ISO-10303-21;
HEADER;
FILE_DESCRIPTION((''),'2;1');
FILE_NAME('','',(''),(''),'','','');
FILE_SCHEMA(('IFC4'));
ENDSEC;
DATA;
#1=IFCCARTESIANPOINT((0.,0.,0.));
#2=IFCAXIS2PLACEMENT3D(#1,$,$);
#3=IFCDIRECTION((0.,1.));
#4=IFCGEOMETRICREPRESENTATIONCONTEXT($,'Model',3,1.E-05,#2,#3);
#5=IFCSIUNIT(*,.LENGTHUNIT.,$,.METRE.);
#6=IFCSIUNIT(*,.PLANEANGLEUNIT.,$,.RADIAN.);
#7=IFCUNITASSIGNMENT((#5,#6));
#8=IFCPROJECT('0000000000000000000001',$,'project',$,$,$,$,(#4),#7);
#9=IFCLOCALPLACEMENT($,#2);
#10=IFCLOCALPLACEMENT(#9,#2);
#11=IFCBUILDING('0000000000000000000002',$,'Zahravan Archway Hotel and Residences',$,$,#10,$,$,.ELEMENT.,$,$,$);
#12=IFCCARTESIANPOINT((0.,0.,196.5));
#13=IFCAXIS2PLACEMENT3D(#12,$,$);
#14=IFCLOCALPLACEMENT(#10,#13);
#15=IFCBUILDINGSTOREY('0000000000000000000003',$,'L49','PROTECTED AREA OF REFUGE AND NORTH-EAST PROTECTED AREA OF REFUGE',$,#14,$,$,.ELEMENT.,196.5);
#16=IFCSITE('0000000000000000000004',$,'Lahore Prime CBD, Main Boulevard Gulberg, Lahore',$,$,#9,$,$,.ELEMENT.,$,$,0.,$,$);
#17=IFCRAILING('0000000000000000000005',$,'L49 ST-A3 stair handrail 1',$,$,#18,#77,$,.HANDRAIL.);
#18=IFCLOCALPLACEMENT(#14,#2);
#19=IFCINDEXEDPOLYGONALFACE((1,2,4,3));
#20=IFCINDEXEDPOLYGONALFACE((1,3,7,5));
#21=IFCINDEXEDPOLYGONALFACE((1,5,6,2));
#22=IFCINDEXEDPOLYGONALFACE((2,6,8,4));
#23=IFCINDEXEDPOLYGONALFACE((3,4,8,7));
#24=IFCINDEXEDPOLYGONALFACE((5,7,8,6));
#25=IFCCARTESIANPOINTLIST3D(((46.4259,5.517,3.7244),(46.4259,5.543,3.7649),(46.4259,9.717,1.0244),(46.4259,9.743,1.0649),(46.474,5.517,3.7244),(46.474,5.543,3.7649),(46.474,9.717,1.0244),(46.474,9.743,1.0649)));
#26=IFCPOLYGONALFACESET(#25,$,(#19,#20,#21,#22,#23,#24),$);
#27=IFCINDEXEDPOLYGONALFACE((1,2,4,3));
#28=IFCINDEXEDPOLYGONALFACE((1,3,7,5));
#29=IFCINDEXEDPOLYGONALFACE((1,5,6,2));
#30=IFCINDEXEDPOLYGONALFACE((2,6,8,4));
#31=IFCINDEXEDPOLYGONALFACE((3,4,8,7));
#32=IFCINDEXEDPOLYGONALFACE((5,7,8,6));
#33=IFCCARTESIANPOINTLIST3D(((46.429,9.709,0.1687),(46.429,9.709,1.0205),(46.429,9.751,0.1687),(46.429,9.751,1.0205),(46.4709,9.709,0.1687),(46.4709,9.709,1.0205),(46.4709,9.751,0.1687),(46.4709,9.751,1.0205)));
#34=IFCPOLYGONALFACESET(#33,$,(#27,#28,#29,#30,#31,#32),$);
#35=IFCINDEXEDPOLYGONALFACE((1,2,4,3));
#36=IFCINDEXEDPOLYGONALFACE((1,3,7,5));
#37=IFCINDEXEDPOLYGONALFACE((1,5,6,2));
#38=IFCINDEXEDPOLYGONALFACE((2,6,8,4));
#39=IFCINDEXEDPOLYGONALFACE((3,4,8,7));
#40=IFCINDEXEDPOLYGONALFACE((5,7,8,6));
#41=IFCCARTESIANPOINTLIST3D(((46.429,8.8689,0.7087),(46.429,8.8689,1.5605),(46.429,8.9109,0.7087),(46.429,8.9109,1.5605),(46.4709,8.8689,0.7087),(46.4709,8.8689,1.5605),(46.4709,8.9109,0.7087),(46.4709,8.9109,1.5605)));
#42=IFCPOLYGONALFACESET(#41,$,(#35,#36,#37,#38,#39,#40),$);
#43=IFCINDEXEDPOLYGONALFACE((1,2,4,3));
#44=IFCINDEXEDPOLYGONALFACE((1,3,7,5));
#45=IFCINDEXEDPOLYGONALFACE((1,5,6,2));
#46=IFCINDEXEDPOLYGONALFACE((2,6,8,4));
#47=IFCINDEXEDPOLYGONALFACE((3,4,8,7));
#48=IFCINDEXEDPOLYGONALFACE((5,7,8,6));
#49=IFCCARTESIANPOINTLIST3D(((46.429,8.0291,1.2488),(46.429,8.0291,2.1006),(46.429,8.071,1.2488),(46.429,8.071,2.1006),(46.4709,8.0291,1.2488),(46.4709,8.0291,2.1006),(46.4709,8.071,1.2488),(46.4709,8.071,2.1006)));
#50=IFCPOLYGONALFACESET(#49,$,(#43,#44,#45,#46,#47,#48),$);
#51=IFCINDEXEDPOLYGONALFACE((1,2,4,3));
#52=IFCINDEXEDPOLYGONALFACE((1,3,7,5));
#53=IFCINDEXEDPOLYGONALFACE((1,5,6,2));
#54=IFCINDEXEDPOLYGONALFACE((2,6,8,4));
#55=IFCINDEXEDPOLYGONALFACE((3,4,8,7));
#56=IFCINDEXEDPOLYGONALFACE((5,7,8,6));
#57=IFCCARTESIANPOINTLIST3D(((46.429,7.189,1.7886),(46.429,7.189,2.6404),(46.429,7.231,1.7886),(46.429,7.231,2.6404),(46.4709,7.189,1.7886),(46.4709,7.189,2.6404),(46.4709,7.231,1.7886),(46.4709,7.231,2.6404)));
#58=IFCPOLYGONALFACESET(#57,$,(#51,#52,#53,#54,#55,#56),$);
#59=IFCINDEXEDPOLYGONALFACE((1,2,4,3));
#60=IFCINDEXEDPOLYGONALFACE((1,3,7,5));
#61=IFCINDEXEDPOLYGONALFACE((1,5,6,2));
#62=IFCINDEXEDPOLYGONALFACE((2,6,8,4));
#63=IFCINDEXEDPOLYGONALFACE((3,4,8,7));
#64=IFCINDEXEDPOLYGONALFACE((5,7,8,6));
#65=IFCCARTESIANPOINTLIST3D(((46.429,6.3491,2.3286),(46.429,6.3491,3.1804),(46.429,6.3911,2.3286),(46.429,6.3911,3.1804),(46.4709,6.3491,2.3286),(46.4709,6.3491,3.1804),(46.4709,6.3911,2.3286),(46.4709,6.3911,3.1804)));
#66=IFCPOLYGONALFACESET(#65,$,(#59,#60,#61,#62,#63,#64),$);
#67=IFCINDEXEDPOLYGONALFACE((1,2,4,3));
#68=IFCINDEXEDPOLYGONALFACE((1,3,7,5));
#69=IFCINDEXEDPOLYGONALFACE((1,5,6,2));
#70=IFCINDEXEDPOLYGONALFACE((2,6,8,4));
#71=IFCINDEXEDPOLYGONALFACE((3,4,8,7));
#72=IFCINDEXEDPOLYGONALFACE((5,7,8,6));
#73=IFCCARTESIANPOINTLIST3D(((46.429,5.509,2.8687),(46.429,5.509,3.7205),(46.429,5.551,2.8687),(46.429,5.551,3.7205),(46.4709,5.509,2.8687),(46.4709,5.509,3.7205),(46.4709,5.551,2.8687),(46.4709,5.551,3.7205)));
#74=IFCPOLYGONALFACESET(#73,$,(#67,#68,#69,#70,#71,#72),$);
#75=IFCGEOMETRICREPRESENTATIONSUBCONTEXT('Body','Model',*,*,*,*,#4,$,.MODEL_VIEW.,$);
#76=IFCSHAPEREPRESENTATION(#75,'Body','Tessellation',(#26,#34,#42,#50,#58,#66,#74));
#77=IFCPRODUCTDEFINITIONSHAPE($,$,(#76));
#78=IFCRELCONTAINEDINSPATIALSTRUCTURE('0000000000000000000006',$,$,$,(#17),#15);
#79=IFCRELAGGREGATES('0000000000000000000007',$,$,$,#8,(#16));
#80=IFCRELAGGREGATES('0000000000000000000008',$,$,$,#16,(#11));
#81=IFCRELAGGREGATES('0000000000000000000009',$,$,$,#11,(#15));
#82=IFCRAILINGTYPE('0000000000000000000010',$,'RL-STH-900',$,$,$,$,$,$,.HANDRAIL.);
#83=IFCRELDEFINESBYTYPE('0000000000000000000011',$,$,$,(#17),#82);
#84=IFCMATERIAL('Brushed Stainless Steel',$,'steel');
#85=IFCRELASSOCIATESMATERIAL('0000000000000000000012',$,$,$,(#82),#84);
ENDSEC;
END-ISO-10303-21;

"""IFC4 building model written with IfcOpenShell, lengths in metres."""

from ifc_helpers import new_model, si_unit, direction, frame, origin, origin_2d, place, context, subcontext, project, spatial, rectangle, extrude, material, type_object, element, save


model = new_model("IFC4")

# Units and contexts
model_context = context("Model", 3, precision=1e-05, world=origin(), true_north=direction((0.0, 1.0)))
body_context = subcontext(model_context, "Body", "Model", "MODEL_VIEW")
ifc_project = project(units=[si_unit("LENGTHUNIT", "METRE"), si_unit("PLANEANGLEUNIT", "RADIAN")], contexts=[model_context])

# Site, building, storey
site_placement = place(None, origin())
site = spatial("IfcSite", under=ifc_project, at=site_placement, Name="Lahore Prime CBD, Main Boulevard Gulberg, Lahore", CompositionType="ELEMENT", RefElevation=0.0)
building_placement = place(site_placement, origin())
building = spatial("IfcBuilding", under=site, at=building_placement, Name="Zahravan Archway Hotel and Residences", CompositionType="ELEMENT")
storey_placement = place(building_placement, frame((0.0, 0.0, 196.5)))
storey = spatial("IfcBuildingStorey", under=building, at=storey_placement, Name="L49", Description="PROTECTED AREA OF REFUGE AND NORTH-EAST PROTECTED AREA OF REFUGE", CompositionType="ELEMENT", Elevation=196.5)

# Shared definitions
ifc_material_1 = material(Name="Brushed Stainless Steel", Category="steel")

# Railing
railing_type_1 = type_object("IfcRailingType", Name="RL-STH-900", PredefinedType="HANDRAIL", material=ifc_material_1)
for number, where, name in (
    (1, (46.45, 9.73, 0.1687), "L49 ST-A3 stair handrail 1"),
):
    element("IfcRailing", number, at=place(storey_placement, frame(where)), inside=storey, type_object=railing_type_1, Name=name, PredefinedType="HANDRAIL", context=body_context, shape_type="SweptSolid", body=[
        extrude(rectangle(XDim=0.0481, YDim=0.0481, at=origin_2d()), frame((0.0, 0.0, 0.876), z_axis=(0.0, -0.84118, 0.540755), x_axis=(1.0, 0.0, 0.0)), (0.0, 0.0, 1.0), 4.9929),
        extrude(rectangle(XDim=0.042, YDim=0.042, at=origin_2d()), origin(), (0.0, 0.0, 1.0), 0.8518),
        extrude(rectangle(XDim=0.042, YDim=0.042, at=origin_2d()), frame((0.0, -0.8401, 0.54)), (0.0, 0.0, 1.0), 0.8518),
        extrude(rectangle(XDim=0.042, YDim=0.042, at=origin_2d()), frame((0.0, -1.6799, 1.0801)), (0.0, 0.0, 1.0), 0.8518),
        extrude(rectangle(XDim=0.042, YDim=0.042, at=origin_2d()), frame((0.0, -2.52, 1.6199)), (0.0, 0.0, 1.0), 0.8518),
        extrude(rectangle(XDim=0.042, YDim=0.042, at=origin_2d()), frame((0.0, -3.3599, 2.1599)), (0.0, 0.0, 1.0), 0.8518),
        extrude(rectangle(XDim=0.042, YDim=0.042, at=origin_2d()), frame((0.0, -4.2, 2.7)), (0.0, 0.0, 1.0), 0.8518),
    ])

save(model, "model.ifc")
